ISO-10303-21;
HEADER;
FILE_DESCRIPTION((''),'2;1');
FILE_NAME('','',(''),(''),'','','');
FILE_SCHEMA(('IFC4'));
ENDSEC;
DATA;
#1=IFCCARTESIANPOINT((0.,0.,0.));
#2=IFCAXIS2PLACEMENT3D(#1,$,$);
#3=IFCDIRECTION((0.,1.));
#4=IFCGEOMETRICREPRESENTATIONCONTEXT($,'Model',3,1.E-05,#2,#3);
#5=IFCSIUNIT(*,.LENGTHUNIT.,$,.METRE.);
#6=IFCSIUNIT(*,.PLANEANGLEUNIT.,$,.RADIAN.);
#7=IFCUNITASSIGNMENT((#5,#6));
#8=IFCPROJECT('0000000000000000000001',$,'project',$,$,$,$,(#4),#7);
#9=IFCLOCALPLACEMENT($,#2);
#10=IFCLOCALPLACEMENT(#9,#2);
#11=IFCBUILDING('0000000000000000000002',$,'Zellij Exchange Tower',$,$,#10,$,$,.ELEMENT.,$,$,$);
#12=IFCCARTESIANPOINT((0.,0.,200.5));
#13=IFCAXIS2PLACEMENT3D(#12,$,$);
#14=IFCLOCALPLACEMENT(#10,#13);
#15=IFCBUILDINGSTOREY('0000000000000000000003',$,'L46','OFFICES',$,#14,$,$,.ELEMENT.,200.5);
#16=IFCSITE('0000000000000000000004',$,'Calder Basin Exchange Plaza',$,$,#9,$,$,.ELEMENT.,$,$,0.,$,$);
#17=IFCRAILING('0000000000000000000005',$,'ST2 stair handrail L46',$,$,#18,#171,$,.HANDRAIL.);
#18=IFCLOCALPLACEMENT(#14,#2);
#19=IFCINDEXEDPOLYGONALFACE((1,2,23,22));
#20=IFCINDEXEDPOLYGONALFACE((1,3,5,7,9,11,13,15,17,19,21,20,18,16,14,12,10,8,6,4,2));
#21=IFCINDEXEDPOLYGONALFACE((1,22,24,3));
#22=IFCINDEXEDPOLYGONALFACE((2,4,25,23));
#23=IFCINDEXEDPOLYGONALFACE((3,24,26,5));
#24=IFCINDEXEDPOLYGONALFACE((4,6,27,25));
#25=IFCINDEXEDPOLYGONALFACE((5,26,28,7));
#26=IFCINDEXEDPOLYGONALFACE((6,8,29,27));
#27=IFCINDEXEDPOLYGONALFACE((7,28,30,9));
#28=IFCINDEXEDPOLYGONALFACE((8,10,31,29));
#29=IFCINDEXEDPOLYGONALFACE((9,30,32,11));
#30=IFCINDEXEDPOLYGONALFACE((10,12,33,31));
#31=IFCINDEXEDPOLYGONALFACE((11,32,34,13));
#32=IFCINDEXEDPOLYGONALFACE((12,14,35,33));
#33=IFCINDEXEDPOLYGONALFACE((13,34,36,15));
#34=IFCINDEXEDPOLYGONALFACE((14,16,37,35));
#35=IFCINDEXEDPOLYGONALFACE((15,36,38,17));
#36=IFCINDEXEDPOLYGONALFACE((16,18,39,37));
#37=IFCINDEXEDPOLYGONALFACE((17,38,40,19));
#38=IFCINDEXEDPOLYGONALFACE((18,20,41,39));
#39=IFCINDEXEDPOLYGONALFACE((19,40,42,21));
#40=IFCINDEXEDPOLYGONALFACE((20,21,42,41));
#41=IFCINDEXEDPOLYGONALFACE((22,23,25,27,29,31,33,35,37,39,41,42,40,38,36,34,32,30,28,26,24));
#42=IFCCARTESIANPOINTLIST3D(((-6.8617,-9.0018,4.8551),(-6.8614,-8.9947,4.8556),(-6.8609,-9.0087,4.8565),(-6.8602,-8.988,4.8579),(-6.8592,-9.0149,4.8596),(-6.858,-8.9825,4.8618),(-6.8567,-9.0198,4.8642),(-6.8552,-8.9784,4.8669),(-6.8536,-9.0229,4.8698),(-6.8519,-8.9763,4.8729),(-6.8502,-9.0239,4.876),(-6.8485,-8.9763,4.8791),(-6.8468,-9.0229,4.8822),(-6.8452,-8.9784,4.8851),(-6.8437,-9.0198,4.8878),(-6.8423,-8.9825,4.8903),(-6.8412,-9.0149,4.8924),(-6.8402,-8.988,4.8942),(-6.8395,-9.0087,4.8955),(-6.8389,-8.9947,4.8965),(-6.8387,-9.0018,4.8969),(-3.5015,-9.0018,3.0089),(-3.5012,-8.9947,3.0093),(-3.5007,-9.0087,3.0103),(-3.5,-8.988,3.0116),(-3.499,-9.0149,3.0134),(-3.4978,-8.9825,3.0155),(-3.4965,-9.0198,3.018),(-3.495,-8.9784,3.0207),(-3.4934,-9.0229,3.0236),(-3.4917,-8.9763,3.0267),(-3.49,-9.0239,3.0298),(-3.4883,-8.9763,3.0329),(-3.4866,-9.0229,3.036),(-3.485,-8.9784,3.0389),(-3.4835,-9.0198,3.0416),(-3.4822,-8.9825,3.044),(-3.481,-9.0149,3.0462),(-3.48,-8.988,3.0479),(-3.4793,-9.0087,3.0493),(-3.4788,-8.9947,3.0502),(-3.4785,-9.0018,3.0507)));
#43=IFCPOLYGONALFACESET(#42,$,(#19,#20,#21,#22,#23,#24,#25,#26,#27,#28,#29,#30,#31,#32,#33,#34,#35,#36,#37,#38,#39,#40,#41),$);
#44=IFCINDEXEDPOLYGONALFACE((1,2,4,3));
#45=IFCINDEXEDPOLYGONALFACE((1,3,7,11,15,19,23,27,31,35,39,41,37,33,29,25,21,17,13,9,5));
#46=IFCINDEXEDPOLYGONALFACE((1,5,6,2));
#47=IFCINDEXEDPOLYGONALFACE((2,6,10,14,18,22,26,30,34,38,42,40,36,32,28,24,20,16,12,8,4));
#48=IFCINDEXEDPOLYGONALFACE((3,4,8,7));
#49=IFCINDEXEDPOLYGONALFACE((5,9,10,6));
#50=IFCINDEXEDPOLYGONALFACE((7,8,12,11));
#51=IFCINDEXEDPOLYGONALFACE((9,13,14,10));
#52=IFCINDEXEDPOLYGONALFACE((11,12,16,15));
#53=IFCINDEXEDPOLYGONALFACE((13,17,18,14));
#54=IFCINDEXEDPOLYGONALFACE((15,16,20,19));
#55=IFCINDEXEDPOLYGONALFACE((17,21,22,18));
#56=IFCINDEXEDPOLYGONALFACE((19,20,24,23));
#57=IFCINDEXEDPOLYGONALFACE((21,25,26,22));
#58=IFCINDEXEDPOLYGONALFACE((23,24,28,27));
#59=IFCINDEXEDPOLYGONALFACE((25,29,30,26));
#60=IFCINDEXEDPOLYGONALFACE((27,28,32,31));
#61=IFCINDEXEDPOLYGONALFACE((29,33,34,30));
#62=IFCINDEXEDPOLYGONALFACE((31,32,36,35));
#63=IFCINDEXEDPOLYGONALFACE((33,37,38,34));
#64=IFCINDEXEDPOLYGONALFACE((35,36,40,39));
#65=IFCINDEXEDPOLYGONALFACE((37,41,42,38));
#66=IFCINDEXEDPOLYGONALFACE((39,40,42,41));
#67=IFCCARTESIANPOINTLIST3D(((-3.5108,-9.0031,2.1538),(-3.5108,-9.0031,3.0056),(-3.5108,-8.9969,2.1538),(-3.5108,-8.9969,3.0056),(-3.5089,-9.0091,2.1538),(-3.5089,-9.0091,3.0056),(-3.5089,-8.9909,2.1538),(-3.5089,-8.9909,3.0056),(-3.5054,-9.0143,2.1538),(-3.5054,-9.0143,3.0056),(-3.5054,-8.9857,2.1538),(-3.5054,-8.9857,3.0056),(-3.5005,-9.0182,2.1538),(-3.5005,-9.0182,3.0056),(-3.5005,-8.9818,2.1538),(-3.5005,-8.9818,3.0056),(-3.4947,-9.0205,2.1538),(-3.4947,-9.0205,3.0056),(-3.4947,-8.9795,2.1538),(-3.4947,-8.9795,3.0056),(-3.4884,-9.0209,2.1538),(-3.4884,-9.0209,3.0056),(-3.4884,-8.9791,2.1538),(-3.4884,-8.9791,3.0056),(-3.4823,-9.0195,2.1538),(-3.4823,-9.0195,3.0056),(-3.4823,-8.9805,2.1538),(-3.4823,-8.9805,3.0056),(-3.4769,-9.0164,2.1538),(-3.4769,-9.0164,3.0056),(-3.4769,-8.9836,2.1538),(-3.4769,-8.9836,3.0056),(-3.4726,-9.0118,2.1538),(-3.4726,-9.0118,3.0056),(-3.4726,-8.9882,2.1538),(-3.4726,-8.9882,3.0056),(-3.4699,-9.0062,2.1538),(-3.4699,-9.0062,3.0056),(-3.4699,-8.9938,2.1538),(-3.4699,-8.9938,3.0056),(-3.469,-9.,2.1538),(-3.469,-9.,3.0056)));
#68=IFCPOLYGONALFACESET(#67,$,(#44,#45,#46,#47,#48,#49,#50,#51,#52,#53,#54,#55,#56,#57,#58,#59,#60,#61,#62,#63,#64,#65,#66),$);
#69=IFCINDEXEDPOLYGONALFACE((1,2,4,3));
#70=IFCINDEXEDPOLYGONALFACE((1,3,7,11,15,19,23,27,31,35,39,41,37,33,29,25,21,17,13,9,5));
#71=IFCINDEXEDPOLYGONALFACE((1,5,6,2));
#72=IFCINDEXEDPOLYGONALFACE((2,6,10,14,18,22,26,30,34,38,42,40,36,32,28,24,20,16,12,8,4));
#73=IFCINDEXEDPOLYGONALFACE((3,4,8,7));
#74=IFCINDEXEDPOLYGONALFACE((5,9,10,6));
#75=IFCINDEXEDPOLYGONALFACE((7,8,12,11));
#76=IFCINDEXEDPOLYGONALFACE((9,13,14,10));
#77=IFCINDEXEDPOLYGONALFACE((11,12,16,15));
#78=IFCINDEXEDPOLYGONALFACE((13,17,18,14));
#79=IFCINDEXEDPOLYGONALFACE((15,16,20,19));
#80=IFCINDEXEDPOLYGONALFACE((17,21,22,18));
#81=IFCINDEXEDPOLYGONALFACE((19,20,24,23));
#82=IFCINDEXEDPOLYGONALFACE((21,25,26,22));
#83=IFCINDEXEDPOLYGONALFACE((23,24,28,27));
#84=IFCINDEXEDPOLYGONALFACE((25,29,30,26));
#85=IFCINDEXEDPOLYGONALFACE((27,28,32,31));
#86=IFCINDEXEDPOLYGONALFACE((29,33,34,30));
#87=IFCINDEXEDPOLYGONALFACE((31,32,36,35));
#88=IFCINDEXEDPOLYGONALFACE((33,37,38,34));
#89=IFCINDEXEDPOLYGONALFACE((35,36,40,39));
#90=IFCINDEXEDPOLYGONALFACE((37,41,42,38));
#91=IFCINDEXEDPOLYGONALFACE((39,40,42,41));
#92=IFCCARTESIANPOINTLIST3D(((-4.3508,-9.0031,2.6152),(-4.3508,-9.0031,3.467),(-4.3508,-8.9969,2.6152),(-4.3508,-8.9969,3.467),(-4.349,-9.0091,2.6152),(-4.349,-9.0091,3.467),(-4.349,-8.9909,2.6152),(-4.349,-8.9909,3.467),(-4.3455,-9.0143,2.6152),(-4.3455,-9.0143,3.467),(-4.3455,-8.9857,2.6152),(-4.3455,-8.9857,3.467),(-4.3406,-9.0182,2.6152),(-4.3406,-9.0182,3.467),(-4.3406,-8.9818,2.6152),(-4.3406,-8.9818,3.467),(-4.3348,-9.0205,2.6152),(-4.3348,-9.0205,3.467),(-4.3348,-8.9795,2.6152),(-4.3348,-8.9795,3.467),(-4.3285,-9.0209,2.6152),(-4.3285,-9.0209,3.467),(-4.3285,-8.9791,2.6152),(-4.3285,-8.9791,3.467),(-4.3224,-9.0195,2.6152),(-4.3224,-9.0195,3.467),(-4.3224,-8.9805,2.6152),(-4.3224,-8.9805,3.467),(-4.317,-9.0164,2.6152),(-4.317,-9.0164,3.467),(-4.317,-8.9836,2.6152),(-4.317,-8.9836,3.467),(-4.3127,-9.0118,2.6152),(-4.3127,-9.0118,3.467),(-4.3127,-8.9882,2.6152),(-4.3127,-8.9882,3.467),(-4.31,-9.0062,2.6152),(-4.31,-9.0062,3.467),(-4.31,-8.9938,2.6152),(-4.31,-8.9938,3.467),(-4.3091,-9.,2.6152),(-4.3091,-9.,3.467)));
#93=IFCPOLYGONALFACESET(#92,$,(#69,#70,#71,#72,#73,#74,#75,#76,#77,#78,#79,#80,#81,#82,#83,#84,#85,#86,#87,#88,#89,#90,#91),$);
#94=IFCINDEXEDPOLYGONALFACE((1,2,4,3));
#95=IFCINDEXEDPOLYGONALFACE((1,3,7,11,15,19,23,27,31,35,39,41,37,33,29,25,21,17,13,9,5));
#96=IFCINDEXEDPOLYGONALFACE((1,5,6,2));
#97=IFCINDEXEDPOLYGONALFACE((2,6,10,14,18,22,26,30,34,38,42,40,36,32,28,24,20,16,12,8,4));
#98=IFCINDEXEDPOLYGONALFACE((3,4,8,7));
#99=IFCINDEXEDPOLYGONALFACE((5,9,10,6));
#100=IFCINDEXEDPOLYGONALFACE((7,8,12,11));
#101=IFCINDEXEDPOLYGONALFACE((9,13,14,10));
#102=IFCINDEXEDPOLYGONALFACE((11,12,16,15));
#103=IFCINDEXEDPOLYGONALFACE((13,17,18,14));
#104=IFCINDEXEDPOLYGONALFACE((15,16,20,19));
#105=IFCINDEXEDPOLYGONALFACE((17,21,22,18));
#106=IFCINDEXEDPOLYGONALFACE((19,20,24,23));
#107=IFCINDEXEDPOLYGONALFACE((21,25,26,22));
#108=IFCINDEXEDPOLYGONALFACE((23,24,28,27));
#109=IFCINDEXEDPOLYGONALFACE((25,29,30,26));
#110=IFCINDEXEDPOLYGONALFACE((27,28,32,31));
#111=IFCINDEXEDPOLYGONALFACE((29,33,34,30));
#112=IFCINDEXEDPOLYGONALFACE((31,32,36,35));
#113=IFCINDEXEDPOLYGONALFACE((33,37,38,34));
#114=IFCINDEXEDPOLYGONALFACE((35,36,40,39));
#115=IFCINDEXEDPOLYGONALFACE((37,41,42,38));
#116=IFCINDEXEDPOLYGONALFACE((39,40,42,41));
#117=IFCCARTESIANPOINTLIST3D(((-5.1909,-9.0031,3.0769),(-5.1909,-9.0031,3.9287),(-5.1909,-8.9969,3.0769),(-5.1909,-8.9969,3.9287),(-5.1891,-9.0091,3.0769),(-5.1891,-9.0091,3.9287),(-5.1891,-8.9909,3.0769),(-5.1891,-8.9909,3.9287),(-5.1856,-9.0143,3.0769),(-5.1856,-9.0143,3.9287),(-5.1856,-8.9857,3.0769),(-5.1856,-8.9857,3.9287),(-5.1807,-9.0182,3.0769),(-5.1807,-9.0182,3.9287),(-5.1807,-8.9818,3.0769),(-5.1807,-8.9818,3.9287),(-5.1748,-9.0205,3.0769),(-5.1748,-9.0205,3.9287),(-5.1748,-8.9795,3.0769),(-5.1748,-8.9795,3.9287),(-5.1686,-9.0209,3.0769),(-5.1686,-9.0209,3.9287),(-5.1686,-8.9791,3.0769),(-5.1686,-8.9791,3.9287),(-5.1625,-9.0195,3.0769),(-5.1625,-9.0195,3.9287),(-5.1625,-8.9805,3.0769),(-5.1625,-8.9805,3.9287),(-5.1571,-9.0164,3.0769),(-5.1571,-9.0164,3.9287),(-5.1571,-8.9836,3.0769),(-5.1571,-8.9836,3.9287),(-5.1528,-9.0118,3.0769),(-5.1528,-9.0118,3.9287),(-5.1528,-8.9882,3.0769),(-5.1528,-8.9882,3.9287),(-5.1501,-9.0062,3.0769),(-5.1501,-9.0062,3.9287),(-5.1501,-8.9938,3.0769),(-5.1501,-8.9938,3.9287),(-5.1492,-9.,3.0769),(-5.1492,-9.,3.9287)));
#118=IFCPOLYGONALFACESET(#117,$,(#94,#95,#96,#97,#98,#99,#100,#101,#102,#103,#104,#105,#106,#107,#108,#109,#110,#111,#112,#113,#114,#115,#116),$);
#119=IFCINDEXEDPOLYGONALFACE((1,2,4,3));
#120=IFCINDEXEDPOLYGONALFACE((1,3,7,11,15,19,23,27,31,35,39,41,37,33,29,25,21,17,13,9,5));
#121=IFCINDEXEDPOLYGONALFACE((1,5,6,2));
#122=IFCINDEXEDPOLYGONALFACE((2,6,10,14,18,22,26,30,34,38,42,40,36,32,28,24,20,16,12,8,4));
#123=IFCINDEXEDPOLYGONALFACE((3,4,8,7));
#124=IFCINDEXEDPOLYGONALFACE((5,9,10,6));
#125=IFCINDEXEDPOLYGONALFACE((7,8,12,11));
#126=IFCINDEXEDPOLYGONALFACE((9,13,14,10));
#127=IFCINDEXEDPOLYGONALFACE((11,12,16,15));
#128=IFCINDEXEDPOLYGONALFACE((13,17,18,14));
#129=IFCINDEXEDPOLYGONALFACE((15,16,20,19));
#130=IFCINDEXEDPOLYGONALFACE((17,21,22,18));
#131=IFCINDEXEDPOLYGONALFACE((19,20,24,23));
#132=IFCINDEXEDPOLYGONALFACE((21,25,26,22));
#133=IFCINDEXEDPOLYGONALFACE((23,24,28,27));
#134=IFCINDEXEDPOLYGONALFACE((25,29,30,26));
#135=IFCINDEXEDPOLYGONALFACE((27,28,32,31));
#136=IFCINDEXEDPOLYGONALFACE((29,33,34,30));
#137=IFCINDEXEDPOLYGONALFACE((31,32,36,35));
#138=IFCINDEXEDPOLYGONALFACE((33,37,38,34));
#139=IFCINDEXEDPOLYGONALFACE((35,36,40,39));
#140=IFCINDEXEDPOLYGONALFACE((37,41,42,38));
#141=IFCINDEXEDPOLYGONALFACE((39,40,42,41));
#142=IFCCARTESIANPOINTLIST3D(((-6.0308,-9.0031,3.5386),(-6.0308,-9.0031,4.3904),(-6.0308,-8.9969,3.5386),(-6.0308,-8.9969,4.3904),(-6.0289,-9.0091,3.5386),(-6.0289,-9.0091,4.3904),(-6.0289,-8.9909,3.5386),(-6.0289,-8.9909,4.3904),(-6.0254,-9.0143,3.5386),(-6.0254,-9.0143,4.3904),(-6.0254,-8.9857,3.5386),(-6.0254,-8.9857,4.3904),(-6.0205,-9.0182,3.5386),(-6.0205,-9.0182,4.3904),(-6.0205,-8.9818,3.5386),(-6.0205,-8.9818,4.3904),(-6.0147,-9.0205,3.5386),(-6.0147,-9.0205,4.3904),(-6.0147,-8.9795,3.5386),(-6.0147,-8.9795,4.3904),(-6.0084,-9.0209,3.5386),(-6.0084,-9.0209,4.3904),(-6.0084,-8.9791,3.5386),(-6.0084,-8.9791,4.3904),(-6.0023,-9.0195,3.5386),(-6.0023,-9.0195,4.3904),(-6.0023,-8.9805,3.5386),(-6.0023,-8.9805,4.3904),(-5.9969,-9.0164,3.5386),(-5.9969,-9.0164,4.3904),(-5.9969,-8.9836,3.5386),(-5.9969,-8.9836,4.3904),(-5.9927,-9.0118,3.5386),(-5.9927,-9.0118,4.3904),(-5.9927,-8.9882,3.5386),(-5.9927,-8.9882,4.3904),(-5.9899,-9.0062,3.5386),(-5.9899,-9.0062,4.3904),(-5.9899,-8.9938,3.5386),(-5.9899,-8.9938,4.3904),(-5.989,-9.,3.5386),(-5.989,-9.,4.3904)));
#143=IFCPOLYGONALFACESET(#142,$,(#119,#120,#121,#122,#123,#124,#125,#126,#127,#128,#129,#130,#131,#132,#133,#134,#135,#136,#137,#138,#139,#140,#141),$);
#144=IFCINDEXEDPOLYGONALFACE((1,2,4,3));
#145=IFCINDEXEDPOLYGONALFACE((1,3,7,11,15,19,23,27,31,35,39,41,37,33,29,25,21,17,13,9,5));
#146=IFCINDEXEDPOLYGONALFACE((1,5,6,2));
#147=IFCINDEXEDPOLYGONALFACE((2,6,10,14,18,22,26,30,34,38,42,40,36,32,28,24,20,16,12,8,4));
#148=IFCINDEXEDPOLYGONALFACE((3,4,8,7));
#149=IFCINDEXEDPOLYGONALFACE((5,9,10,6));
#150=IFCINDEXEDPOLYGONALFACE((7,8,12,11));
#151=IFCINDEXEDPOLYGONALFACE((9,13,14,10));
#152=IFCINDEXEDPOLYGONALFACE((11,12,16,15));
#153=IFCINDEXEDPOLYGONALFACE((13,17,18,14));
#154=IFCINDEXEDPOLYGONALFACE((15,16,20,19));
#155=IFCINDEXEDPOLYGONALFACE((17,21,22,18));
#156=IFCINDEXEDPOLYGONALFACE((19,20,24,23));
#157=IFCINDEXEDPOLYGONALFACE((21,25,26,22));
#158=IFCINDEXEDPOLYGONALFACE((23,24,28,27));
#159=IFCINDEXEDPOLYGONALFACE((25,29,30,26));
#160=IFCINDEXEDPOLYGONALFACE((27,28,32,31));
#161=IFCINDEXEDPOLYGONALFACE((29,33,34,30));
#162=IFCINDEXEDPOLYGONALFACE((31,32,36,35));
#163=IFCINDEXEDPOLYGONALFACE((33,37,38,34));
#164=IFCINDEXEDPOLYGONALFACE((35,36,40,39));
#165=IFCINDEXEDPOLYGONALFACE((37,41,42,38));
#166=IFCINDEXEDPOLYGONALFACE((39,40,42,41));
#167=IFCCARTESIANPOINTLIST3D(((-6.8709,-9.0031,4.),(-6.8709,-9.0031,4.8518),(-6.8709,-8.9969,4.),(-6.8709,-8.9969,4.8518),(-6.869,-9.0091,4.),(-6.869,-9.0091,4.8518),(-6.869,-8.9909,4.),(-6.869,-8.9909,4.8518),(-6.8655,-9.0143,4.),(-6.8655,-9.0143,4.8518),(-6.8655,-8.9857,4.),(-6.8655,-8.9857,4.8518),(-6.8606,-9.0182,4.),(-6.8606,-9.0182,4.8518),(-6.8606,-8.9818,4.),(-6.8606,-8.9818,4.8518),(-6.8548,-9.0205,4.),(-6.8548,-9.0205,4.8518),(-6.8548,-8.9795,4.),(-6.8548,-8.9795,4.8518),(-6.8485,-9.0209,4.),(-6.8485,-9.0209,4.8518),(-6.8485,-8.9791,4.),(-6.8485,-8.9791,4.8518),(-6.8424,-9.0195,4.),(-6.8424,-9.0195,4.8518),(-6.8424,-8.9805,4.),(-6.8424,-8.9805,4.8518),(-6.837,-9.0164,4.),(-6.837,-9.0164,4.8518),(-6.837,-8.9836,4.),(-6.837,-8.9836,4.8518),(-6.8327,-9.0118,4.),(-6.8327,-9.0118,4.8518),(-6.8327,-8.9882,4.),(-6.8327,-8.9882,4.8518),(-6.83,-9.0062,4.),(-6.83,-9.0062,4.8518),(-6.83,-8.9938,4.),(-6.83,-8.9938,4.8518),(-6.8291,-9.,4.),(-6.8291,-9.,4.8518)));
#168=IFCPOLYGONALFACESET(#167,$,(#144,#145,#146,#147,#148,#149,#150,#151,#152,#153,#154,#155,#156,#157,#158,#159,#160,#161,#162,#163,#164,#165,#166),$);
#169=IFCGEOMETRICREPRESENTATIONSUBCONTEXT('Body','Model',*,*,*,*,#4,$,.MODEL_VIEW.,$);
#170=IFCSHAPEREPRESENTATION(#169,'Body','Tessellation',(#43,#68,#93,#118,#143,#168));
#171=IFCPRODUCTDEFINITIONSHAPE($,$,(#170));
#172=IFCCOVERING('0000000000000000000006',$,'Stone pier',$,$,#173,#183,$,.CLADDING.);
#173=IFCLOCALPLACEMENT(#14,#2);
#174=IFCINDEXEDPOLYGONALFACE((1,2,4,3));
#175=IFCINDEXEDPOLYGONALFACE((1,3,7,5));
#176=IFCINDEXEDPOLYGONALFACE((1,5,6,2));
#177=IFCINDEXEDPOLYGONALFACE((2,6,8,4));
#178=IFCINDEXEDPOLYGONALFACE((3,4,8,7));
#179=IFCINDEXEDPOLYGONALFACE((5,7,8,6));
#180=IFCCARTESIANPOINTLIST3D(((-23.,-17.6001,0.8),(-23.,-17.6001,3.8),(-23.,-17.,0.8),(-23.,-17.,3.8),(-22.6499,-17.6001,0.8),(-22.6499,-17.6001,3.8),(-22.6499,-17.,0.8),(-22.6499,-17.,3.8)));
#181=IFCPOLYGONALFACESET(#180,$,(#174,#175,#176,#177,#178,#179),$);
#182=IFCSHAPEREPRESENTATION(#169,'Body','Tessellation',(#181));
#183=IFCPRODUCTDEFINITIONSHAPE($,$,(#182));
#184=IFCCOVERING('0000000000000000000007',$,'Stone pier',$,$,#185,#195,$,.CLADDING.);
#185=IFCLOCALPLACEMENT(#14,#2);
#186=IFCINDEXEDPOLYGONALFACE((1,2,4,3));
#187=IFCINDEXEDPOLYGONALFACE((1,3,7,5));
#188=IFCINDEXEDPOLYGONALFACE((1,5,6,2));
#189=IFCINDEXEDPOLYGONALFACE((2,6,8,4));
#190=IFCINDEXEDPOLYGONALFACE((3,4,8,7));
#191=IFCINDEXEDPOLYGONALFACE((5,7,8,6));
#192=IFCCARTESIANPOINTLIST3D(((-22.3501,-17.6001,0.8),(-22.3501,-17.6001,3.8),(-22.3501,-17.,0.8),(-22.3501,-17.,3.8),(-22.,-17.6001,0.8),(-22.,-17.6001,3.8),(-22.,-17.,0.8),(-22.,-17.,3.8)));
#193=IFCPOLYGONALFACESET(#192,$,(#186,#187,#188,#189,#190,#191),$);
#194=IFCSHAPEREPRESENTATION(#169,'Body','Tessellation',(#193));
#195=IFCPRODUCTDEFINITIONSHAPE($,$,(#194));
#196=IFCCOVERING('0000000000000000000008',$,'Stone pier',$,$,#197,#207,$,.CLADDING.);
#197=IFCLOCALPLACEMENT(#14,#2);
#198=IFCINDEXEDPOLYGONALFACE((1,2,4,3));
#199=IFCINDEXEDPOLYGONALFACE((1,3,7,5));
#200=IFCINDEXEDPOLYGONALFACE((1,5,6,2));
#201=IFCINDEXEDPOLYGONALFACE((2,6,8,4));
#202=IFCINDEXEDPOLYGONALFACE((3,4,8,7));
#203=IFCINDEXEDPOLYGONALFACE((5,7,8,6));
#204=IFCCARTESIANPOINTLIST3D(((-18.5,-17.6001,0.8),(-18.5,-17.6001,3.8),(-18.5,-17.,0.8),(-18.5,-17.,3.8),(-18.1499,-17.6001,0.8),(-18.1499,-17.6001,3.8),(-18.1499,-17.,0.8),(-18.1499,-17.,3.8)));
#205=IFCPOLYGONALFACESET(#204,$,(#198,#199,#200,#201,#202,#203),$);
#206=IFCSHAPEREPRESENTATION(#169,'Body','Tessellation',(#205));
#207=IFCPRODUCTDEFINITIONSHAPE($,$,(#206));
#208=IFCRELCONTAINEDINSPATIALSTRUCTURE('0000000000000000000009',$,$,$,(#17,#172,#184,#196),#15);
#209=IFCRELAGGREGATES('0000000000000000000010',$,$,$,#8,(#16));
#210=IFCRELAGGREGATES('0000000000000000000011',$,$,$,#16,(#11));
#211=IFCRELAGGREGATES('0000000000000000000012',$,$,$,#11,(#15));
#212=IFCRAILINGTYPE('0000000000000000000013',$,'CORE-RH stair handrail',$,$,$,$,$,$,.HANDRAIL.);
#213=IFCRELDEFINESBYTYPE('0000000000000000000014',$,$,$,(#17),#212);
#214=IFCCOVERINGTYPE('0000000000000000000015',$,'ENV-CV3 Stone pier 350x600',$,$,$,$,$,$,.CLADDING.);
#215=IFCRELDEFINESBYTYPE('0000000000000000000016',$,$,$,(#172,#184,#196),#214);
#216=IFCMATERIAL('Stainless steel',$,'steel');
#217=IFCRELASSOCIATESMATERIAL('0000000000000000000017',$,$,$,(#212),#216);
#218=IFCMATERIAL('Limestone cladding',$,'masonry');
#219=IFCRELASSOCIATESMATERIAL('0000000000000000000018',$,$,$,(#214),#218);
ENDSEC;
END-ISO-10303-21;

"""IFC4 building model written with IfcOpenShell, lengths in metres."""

from ifc_helpers import new_model, si_unit, direction, frame, origin, origin_2d, place, context, subcontext, project, spatial, polyline, circle, outline, extrude, material, type_object, element, save


model = new_model("IFC4")

# Units and contexts
model_context = context("Model", 3, precision=1e-05, world=origin(), true_north=direction((0.0, 1.0)))
body_context = subcontext(model_context, "Body", "Model", "MODEL_VIEW")
ifc_project = project(units=[si_unit("LENGTHUNIT", "METRE"), si_unit("PLANEANGLEUNIT", "RADIAN")], contexts=[model_context])

# Site, building, storey
site_placement = place(None, origin())
site = spatial("IfcSite", under=ifc_project, at=site_placement, Name="Calder Basin Exchange Plaza", CompositionType="ELEMENT", RefElevation=0.0)
building_placement = place(site_placement, origin())
building = spatial("IfcBuilding", under=site, at=building_placement, Name="Zellij Exchange Tower", CompositionType="ELEMENT")
storey_placement = place(building_placement, frame((0.0, 0.0, 200.5)))
storey = spatial("IfcBuildingStorey", under=building, at=storey_placement, Name="L46", Description="OFFICES", CompositionType="ELEMENT", Elevation=200.5)

# Railing
ifc_material_1 = material(Name="Stainless steel", Category="steel")
railing_type_1 = type_object("IfcRailingType", Name="CORE-RH stair handrail", PredefinedType="HANDRAIL", material=ifc_material_1)
railing_1_placement = place(storey_placement, frame((-3.49, -9.0, 2.1538)))
element("IfcRailing", 1, at=railing_1_placement, inside=storey, type_object=railing_type_1, Name="ST2 stair handrail L46", PredefinedType="HANDRAIL", context=body_context, shape_type="SweptSolid", body=[
    extrude(circle(Radius=0.0239, at=origin_2d()), frame((0.0, 0.0, 0.876), z_axis=(-0.876422, 0.0, 0.481545), x_axis=(0.0, -1.0, 0.0)), (0.0, 0.0, 1.0), 3.834),
    extrude(circle(Radius=0.021, at=origin_2d()), origin(), (0.0, 0.0, 1.0), 0.8518),
    extrude(circle(Radius=0.021, at=origin_2d()), frame((-0.8401, 0.0, 0.4614)), (0.0, 0.0, 1.0), 0.8518),
    extrude(circle(Radius=0.021, at=origin_2d()), frame((-1.6802, 0.0, 0.9231)), (0.0, 0.0, 1.0), 0.8518),
    extrude(circle(Radius=0.021, at=origin_2d()), frame((-2.52, 0.0, 1.3848)), (0.0, 0.0, 1.0), 0.8518),
    extrude(circle(Radius=0.021, at=origin_2d()), frame((-3.3601, 0.0, 1.8462)), (0.0, 0.0, 1.0), 0.8518),
])

# Coverings
ifc_material_2 = material(Name="Limestone cladding", Category="masonry")
covering_type = type_object("IfcCoveringType", Name="ENV-CV3 Stone pier 350x600", PredefinedType="CLADDING", material=ifc_material_2)
covering_1_placement = place(storey_placement, frame((0.0, 0.0, 0.8)))
element("IfcCovering", 2, at=covering_1_placement, inside=storey, type_object=covering_type, Name="Stone pier", PredefinedType="CLADDING", context=body_context, shape_type="SweptSolid", body=[
    extrude(outline(polyline([(-23.0, -17.0), (-22.6499, -17.0), (-22.6499, -17.6001), (-23.0, -17.6001), (-23.0, -17.0)])), origin(), (0.0, 0.0, 1.0), 3.0),
])
covering_2_placement = place(storey_placement, frame((0.0, 0.0, 0.8)))
element("IfcCovering", 3, at=covering_2_placement, inside=storey, type_object=covering_type, Name="Stone pier", PredefinedType="CLADDING", context=body_context, shape_type="SweptSolid", body=[
    extrude(outline(polyline([(-22.3501, -17.0), (-22.0, -17.0), (-22.0, -17.6001), (-22.3501, -17.6001), (-22.3501, -17.0)])), origin(), (0.0, 0.0, 1.0), 3.0),
])
covering_3_placement = place(storey_placement, frame((0.0, 0.0, 0.8)))
element("IfcCovering", 4, at=covering_3_placement, inside=storey, type_object=covering_type, Name="Stone pier", PredefinedType="CLADDING", context=body_context, shape_type="SweptSolid", body=[
    extrude(outline(polyline([(-18.5, -17.0), (-18.1499, -17.0), (-18.1499, -17.6001), (-18.5, -17.6001), (-18.5, -17.0)])), origin(), (0.0, 0.0, 1.0), 3.0),
])

save(model, "model.ifc")
